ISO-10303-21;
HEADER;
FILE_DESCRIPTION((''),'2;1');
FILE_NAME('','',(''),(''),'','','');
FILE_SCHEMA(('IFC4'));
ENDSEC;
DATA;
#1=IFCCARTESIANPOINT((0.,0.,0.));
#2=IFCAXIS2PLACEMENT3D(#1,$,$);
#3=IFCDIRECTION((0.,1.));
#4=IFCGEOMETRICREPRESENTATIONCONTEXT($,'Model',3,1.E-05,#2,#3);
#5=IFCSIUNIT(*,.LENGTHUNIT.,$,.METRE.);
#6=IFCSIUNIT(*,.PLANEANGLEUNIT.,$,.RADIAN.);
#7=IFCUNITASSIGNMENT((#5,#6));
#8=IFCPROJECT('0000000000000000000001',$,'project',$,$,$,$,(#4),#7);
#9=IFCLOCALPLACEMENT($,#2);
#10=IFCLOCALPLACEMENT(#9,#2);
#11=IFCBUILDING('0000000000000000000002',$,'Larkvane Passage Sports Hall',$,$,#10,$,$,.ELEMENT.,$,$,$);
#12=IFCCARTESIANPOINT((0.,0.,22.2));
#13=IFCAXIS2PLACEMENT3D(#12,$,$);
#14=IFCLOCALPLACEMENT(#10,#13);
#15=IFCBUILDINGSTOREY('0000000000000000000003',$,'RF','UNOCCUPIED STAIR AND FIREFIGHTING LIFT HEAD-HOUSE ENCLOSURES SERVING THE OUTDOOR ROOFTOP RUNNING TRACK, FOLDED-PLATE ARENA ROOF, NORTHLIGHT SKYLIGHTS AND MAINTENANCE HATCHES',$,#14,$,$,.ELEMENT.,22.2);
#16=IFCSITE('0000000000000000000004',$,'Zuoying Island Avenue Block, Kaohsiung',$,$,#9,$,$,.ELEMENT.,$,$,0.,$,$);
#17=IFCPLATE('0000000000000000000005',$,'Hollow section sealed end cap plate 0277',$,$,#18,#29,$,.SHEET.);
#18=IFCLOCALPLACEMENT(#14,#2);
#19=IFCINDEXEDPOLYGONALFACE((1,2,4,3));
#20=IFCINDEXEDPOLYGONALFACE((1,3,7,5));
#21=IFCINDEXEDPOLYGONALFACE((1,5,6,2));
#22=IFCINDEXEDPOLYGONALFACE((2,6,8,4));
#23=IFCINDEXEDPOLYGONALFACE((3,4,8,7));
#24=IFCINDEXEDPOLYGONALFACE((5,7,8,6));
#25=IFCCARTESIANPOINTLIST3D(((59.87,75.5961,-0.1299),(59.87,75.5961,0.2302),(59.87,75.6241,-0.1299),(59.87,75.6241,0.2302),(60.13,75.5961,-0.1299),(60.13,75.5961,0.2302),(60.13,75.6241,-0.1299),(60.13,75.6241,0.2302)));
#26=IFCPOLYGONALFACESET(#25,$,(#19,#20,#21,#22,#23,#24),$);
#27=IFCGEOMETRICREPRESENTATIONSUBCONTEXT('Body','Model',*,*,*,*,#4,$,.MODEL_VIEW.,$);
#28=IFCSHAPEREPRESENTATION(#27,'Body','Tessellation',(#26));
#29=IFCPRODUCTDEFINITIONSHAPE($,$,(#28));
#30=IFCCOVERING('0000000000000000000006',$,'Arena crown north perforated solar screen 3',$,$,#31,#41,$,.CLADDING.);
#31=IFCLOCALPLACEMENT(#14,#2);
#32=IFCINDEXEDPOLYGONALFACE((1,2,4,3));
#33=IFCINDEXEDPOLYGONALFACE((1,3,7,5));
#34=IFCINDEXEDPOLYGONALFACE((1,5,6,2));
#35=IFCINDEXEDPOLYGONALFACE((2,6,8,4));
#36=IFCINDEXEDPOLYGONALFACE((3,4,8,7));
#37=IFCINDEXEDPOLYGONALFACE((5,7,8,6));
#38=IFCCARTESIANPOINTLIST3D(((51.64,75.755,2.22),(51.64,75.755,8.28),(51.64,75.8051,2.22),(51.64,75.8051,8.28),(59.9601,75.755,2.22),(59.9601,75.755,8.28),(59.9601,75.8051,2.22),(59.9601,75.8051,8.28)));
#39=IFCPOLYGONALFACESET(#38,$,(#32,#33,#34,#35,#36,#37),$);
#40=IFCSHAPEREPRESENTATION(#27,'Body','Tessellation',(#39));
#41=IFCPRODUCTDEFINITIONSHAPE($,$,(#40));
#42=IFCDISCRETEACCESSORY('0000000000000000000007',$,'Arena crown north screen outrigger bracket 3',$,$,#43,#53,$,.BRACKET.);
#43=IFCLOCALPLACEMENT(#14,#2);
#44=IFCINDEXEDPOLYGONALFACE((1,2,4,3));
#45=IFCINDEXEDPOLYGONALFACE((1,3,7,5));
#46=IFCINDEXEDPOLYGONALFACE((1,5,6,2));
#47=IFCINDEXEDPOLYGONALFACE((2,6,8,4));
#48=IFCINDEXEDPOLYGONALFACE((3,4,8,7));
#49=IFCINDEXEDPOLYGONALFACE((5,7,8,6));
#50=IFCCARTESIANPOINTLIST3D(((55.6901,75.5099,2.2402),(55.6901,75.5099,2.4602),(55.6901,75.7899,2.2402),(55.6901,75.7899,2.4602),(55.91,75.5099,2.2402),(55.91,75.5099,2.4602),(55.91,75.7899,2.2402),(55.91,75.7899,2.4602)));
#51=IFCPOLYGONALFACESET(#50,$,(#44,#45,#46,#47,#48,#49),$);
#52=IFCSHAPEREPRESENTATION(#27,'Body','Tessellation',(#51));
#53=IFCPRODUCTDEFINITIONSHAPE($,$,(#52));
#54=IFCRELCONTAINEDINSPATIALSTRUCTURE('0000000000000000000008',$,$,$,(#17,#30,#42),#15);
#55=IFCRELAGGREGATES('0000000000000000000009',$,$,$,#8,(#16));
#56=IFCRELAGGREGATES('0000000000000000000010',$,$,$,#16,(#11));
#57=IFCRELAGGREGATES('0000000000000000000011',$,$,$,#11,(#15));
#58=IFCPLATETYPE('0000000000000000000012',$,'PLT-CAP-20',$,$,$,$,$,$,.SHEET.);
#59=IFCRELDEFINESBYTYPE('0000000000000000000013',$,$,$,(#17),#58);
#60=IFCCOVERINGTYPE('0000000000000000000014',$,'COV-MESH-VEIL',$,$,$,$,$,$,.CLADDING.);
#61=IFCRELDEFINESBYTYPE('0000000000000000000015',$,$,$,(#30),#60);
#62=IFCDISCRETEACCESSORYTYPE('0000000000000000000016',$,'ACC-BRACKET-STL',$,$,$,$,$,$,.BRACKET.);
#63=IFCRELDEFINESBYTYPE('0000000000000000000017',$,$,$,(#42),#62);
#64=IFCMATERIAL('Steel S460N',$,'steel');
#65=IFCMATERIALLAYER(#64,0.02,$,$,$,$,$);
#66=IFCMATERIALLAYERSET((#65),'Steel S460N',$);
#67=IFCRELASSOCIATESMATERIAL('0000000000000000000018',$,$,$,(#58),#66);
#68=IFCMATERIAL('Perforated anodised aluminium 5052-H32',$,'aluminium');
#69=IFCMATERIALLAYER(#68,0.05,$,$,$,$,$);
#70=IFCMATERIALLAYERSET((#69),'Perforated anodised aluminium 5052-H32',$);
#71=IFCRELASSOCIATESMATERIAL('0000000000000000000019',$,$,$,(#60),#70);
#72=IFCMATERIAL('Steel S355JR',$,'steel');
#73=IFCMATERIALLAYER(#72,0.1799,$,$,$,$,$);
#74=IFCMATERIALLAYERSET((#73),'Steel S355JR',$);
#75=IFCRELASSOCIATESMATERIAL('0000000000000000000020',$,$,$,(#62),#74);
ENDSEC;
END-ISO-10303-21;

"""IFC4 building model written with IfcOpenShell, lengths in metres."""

from ifc_helpers import new_model, si_unit, direction, frame, origin, origin_2d, place, context, subcontext, project, spatial, rectangle, extrude, material, layer, layer_set, type_object, element, save


model = new_model("IFC4")

# Units and contexts
model_context = context("Model", 3, precision=1e-05, world=origin(), true_north=direction((0.0, 1.0)))
body_context = subcontext(model_context, "Body", "Model", "MODEL_VIEW")
ifc_project = project(units=[si_unit("LENGTHUNIT", "METRE"), si_unit("PLANEANGLEUNIT", "RADIAN")], contexts=[model_context])

# Site, building, storey
site_placement = place(None, origin())
site = spatial("IfcSite", under=ifc_project, at=site_placement, Name="Zuoying Island Avenue Block, Kaohsiung", CompositionType="ELEMENT", RefElevation=0.0)
building_placement = place(site_placement, origin())
building = spatial("IfcBuilding", under=site, at=building_placement, Name="Larkvane Passage Sports Hall", CompositionType="ELEMENT")
storey_placement = place(building_placement, frame((0.0, 0.0, 22.2)))
storey = spatial("IfcBuildingStorey", under=building, at=storey_placement, Name="RF", Description="UNOCCUPIED STAIR AND FIREFIGHTING LIFT HEAD-HOUSE ENCLOSURES SERVING THE OUTDOOR ROOFTOP RUNNING TRACK, FOLDED-PLATE ARENA ROOF, NORTHLIGHT SKYLIGHTS AND MAINTENANCE HATCHES", CompositionType="ELEMENT", Elevation=22.2)

# Shared definitions
ifc_material_1 = material(Name="Steel S355JR", Category="steel")
ifc_material_2 = material(Name="Steel S460N", Category="steel")

# Plate
ifc_layer_1 = layer(ifc_material_2, 0.02)
ifc_layer_set_1 = layer_set([ifc_layer_1], Name="Steel S460N")
plate_type_1 = type_object("IfcPlateType", Name="PLT-CAP-20", PredefinedType="SHEET", material=ifc_layer_set_1)
plate_1_placement = place(storey_placement, frame((60.0, 75.6101, -0.1299), z_axis=(0.0, 0.0, 1.0), x_axis=(-1.0, 0.0, 0.0)))
element("IfcPlate", 1, at=plate_1_placement, inside=storey, type_object=plate_type_1, Name="Hollow section sealed end cap plate 0277", PredefinedType="SHEET", context=body_context, shape_type="SweptSolid", body=[
    extrude(rectangle(XDim=0.26, YDim=0.0281, at=origin_2d()), origin(), (0.0, 0.0, 1.0), 0.3601),
])

# Covering
ifc_material_3 = material(Name="Perforated anodised aluminium 5052-H32", Category="aluminium")
ifc_layer_2 = layer(ifc_material_3, 0.05)
ifc_layer_set_2 = layer_set([ifc_layer_2], Name="Perforated anodised aluminium 5052-H32")
covering_type = type_object("IfcCoveringType", Name="COV-MESH-VEIL", PredefinedType="CLADDING", material=ifc_layer_set_2)
covering_placement = place(storey_placement, frame((55.8, 75.78, 2.22), z_axis=(0.0, 0.0, 1.0), x_axis=(1.0, 0.0, 0.0)))
element("IfcCovering", 2, at=covering_placement, inside=storey, type_object=covering_type, Name="Arena crown north perforated solar screen 3", PredefinedType="CLADDING", context=body_context, shape_type="SweptSolid", body=[
    extrude(rectangle(XDim=8.3201, YDim=0.05, at=origin_2d()), origin(), (0.0, 0.0, 1.0), 6.0601),
])

# Discrete accessory
ifc_layer_3 = layer(ifc_material_1, 0.1799)
ifc_layer_set_3 = layer_set([ifc_layer_3], Name="Steel S355JR")
discrete_accessory_type = type_object("IfcDiscreteAccessoryType", Name="ACC-BRACKET-STL", PredefinedType="BRACKET", material=ifc_layer_set_3)
discrete_accessory_placement = place(storey_placement, frame((55.8, 75.6499, 2.2402), z_axis=(0.0, 0.0, 1.0), x_axis=(1.0, 0.0, 0.0)))
element("IfcDiscreteAccessory", 3, at=discrete_accessory_placement, inside=storey, type_object=discrete_accessory_type, Name="Arena crown north screen outrigger bracket 3", PredefinedType="BRACKET", context=body_context, shape_type="SweptSolid", body=[
    extrude(rectangle(XDim=0.22, YDim=0.28, at=origin_2d()), origin(), (0.0, 0.0, 1.0), 0.22),
])

save(model, "model.ifc")
